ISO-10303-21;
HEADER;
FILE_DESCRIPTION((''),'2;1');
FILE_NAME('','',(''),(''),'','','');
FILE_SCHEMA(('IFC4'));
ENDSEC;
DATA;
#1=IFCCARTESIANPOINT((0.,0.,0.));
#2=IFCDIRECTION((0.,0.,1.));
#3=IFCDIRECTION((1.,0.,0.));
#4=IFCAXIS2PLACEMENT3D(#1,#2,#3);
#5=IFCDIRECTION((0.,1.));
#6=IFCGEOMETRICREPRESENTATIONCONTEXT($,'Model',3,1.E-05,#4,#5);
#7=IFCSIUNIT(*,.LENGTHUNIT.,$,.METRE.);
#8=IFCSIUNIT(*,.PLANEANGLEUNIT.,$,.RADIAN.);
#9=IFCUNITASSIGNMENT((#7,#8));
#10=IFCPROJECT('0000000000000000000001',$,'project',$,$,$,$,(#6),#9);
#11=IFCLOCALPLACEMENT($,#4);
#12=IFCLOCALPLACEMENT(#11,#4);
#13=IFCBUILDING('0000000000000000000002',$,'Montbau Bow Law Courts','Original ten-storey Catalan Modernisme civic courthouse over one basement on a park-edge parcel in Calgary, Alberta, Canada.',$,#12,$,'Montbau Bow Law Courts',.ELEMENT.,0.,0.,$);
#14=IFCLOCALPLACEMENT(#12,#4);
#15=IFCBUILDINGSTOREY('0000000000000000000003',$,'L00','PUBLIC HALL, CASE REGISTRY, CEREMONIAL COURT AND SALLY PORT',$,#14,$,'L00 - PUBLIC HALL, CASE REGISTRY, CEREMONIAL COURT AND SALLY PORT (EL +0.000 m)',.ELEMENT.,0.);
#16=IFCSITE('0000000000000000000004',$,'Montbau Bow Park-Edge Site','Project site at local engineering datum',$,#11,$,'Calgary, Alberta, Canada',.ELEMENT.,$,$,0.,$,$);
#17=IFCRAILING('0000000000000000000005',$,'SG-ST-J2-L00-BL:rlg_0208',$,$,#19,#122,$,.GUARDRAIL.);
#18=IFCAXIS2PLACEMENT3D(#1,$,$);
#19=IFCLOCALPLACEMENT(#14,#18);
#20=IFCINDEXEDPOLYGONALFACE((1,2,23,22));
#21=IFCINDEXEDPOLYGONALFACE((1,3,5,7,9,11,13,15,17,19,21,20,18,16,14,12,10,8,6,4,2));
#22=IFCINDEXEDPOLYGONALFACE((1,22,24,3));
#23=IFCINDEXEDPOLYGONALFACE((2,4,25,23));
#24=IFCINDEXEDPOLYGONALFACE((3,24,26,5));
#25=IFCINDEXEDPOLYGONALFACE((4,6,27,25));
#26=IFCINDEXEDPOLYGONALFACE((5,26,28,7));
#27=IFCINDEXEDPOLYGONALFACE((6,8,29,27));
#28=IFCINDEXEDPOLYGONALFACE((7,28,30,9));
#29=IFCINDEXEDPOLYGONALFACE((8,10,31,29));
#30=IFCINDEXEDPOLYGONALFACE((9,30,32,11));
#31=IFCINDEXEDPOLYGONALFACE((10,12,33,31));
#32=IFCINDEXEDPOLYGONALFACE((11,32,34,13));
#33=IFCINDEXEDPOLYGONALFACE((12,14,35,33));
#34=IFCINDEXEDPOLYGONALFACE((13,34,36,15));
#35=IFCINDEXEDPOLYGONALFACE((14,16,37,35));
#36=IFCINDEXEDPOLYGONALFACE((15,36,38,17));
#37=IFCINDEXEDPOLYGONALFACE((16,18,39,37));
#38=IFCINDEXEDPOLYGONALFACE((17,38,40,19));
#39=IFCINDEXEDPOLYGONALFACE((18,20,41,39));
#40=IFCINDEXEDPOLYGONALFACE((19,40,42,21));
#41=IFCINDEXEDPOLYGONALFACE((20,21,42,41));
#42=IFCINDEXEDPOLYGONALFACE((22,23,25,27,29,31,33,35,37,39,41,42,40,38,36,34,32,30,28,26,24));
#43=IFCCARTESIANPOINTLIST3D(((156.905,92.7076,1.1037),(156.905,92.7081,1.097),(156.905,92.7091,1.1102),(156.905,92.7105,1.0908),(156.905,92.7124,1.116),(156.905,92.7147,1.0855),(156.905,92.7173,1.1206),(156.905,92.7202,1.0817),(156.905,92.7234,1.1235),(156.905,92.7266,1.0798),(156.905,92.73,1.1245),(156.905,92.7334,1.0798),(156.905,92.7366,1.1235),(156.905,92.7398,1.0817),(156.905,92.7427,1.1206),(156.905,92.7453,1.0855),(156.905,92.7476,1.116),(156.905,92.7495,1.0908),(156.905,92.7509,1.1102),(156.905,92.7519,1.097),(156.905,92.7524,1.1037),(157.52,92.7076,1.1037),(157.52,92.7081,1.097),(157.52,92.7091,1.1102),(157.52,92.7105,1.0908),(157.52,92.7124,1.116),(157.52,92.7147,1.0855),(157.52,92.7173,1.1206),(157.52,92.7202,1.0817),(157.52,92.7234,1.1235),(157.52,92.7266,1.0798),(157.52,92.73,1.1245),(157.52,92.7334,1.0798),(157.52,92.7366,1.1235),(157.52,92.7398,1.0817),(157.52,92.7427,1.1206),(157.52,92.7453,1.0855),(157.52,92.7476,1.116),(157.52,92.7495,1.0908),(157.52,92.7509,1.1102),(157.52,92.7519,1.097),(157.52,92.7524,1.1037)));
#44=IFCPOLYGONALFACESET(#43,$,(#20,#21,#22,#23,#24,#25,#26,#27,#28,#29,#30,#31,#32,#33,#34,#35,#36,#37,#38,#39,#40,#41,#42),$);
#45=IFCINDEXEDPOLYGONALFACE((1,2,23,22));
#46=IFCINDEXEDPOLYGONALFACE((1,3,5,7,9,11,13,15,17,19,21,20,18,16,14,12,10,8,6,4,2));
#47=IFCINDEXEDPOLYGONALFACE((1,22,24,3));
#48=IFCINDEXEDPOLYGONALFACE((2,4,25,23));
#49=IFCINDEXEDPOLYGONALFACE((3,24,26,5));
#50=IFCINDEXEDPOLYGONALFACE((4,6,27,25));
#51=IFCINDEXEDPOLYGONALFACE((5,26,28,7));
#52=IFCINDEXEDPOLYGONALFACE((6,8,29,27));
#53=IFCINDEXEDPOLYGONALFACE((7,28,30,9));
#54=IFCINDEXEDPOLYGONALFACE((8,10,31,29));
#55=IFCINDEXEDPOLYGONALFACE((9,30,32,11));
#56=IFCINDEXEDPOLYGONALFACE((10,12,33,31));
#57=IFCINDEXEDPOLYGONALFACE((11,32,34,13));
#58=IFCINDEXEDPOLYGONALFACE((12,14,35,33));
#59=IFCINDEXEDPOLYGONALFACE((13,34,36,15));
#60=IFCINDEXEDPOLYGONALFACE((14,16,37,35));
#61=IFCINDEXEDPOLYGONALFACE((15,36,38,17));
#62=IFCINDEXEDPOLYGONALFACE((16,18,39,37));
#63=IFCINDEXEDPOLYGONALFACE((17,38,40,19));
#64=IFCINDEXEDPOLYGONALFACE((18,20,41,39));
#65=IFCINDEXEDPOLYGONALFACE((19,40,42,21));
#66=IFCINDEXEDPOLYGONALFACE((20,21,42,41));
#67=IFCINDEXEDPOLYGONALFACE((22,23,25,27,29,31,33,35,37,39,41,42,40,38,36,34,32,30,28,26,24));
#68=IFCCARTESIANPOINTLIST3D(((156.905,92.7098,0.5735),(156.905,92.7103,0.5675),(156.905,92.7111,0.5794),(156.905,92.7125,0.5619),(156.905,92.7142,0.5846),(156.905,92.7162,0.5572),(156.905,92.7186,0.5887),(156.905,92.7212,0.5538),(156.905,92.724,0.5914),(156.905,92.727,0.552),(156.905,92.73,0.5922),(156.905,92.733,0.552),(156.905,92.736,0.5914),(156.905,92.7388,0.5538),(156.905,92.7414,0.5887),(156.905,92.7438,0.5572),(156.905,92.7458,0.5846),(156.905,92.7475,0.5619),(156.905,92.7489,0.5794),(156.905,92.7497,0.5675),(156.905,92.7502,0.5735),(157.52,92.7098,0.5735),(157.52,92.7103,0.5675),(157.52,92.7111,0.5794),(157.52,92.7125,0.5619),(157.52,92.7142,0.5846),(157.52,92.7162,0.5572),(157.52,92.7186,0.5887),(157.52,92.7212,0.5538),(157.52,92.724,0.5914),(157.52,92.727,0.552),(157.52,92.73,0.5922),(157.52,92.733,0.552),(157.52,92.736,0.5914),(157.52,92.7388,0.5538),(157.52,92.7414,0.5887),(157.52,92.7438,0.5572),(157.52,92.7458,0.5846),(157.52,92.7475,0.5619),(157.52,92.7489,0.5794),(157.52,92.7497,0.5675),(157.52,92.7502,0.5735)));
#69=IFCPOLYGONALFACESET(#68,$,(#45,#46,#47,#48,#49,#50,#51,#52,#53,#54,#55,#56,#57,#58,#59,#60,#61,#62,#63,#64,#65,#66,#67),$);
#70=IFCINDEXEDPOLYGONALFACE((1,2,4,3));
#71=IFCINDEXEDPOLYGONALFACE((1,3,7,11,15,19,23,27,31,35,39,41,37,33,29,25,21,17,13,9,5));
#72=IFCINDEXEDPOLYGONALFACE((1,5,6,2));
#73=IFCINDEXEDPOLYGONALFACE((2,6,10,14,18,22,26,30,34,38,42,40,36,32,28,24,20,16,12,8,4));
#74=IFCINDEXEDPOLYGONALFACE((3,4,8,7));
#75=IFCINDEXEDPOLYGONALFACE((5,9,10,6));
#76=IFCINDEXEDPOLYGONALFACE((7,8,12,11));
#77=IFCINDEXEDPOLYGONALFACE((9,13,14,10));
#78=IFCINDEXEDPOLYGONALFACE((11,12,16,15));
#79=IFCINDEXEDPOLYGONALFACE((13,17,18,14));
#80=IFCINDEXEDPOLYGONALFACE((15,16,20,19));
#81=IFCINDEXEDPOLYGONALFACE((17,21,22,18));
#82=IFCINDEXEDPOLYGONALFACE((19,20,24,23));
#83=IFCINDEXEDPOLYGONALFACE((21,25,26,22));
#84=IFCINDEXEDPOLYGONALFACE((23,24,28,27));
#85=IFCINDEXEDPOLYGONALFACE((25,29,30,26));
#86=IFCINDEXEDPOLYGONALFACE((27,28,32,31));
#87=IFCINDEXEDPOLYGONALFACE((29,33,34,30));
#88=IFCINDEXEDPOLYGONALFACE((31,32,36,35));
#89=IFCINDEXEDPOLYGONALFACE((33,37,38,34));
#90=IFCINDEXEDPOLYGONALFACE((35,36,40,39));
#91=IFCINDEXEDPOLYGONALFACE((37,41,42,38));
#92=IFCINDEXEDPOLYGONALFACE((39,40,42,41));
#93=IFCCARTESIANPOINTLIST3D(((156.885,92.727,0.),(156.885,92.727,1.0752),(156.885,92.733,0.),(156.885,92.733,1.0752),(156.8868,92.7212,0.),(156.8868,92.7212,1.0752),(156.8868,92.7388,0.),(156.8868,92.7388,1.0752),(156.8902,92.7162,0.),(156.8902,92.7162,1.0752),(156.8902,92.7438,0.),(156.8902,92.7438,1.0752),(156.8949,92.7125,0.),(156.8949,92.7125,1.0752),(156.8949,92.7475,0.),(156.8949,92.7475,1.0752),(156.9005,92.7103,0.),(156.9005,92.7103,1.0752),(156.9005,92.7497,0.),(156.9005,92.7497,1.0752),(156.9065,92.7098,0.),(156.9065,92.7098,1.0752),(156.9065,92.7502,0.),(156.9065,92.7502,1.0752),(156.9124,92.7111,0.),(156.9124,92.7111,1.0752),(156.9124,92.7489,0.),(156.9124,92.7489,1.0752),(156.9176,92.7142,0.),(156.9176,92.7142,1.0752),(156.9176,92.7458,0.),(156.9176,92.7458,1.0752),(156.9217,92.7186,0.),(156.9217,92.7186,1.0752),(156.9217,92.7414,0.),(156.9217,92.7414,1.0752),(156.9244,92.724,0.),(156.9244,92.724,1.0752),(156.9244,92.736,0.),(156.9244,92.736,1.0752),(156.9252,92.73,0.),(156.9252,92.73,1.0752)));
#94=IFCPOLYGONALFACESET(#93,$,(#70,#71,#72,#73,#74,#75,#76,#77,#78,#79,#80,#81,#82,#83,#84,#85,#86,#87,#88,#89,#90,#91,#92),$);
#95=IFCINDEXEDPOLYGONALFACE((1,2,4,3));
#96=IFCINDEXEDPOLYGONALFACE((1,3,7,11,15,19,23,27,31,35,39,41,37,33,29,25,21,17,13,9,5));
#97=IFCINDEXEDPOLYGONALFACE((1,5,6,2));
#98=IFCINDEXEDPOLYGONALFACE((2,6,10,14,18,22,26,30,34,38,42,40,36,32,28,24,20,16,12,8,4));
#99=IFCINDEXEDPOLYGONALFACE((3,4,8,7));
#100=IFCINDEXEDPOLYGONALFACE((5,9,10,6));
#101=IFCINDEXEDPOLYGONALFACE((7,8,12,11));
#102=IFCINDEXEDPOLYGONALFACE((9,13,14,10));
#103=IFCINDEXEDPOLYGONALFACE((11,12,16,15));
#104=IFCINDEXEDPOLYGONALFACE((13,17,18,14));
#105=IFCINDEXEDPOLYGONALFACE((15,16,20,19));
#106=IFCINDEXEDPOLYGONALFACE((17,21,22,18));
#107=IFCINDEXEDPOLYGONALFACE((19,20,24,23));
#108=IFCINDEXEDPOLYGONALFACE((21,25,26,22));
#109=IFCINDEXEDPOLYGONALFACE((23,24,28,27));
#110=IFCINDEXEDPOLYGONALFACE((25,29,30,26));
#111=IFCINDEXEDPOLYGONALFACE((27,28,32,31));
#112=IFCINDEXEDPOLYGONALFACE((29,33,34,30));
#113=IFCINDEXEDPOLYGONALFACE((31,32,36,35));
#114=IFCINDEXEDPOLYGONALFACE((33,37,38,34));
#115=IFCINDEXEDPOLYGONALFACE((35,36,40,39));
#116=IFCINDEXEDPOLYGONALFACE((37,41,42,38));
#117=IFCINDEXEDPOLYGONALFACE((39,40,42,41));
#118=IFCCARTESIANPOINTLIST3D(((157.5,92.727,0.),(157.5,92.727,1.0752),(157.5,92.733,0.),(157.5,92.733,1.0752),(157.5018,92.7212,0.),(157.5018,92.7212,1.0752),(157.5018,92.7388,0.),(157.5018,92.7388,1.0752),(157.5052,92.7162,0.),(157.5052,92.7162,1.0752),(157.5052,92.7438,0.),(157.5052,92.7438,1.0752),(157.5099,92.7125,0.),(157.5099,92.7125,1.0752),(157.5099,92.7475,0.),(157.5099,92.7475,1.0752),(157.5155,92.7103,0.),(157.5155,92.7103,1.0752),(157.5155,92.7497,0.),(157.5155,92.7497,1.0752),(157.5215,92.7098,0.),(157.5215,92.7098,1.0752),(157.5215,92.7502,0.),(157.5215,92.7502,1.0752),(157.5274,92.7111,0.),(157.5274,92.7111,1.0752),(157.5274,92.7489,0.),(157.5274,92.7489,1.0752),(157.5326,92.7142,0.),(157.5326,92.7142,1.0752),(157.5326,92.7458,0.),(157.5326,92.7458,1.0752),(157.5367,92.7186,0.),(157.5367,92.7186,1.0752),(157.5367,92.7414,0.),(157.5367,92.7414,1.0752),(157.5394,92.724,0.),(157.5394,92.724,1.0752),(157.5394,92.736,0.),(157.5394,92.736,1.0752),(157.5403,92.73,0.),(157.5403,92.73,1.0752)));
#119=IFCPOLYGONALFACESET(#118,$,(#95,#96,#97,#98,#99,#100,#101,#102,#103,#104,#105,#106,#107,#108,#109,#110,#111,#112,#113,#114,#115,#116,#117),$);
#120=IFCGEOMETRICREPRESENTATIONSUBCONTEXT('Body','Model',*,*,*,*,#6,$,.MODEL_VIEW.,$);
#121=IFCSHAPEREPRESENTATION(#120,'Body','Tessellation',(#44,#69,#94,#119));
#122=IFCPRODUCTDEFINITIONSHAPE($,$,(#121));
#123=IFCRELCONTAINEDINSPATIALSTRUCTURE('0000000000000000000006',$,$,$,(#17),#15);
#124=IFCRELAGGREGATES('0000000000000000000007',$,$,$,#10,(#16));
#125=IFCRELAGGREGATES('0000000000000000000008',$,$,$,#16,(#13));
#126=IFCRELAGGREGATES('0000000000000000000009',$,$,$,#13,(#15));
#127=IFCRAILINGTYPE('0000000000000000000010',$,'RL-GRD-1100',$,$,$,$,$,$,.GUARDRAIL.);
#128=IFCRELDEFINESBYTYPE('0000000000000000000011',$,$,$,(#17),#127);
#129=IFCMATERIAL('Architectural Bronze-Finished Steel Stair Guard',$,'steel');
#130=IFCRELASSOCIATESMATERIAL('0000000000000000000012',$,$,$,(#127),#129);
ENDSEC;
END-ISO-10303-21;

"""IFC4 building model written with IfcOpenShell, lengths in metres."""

from ifc_helpers import new_model, si_unit, direction, frame, origin_with_axes, origin_2d_with_axis, place, context, subcontext, project, spatial, circle, extrude, material, type_object, element, save


model = new_model("IFC4")

# Units and contexts
model_context = context("Model", 3, precision=1e-05, world=origin_with_axes(), true_north=direction((0.0, 1.0)))
body_context = subcontext(model_context, "Body", "Model", "MODEL_VIEW")
ifc_project = project(units=[si_unit("LENGTHUNIT", "METRE"), si_unit("PLANEANGLEUNIT", "RADIAN")], contexts=[model_context])

# Site, building, storey
site_placement = place(None, origin_with_axes())
site = spatial("IfcSite", under=ifc_project, at=site_placement, Name="Montbau Bow Park-Edge Site", Description="Project site at local engineering datum", LongName="Calgary, Alberta, Canada", CompositionType="ELEMENT", RefElevation=0.0)
building_placement = place(site_placement, origin_with_axes())
building = spatial("IfcBuilding", under=site, at=building_placement, Name="Montbau Bow Law Courts", Description="Original ten-storey Catalan Modernisme civic courthouse over one basement on a park-edge parcel in Calgary, Alberta, Canada.", LongName="Montbau Bow Law Courts", CompositionType="ELEMENT", ElevationOfRefHeight=0.0, ElevationOfTerrain=0.0)
storey_placement = place(building_placement, origin_with_axes())
storey = spatial("IfcBuildingStorey", under=building, at=storey_placement, Name="L00", Description="PUBLIC HALL, CASE REGISTRY, CEREMONIAL COURT AND SALLY PORT", LongName="L00 - PUBLIC HALL, CASE REGISTRY, CEREMONIAL COURT AND SALLY PORT (EL +0.000 m)", CompositionType="ELEMENT", Elevation=0.0)

# Railing
ifc_material_1 = material(Name="Architectural Bronze-Finished Steel Stair Guard", Category="steel")
railing_type_1 = type_object("IfcRailingType", Name="RL-GRD-1100", PredefinedType="GUARDRAIL", material=ifc_material_1)
railing_1_placement = place(None, origin_with_axes())
element("IfcRailing", 1, at=railing_1_placement, inside=storey, type_object=railing_type_1, Name="SG-ST-J2-L00-BL:rlg_0208", PredefinedType="GUARDRAIL", context=body_context, shape_type="SweptSolid", body=[
    extrude(circle(Radius=0.0225, at=origin_2d_with_axis()), frame((156.905, 92.73, 1.102), z_axis=(1.0, 0.0, 0.0), x_axis=(0.0, 0.0, 1.0)), (0.0, 0.0, 1.0), 0.615),
    extrude(circle(Radius=0.0203, at=origin_2d_with_axis()), frame((156.905, 92.73, 0.572), z_axis=(1.0, 0.0, 0.0), x_axis=(0.0, 0.0, 1.0)), (0.0, 0.0, 1.0), 0.615),
    extrude(circle(Radius=0.0203, at=origin_2d_with_axis()), frame((156.905, 92.73, 0.0), z_axis=(0.0, 0.0, 1.0), x_axis=(1.0, 0.0, 0.0)), (0.0, 0.0, 1.0), 1.0753),
    extrude(circle(Radius=0.0203, at=origin_2d_with_axis()), frame((157.52, 92.73, 0.0), z_axis=(0.0, 0.0, 1.0), x_axis=(1.0, 0.0, 0.0)), (0.0, 0.0, 1.0), 1.0753),
])

save(model, "model.ifc")
